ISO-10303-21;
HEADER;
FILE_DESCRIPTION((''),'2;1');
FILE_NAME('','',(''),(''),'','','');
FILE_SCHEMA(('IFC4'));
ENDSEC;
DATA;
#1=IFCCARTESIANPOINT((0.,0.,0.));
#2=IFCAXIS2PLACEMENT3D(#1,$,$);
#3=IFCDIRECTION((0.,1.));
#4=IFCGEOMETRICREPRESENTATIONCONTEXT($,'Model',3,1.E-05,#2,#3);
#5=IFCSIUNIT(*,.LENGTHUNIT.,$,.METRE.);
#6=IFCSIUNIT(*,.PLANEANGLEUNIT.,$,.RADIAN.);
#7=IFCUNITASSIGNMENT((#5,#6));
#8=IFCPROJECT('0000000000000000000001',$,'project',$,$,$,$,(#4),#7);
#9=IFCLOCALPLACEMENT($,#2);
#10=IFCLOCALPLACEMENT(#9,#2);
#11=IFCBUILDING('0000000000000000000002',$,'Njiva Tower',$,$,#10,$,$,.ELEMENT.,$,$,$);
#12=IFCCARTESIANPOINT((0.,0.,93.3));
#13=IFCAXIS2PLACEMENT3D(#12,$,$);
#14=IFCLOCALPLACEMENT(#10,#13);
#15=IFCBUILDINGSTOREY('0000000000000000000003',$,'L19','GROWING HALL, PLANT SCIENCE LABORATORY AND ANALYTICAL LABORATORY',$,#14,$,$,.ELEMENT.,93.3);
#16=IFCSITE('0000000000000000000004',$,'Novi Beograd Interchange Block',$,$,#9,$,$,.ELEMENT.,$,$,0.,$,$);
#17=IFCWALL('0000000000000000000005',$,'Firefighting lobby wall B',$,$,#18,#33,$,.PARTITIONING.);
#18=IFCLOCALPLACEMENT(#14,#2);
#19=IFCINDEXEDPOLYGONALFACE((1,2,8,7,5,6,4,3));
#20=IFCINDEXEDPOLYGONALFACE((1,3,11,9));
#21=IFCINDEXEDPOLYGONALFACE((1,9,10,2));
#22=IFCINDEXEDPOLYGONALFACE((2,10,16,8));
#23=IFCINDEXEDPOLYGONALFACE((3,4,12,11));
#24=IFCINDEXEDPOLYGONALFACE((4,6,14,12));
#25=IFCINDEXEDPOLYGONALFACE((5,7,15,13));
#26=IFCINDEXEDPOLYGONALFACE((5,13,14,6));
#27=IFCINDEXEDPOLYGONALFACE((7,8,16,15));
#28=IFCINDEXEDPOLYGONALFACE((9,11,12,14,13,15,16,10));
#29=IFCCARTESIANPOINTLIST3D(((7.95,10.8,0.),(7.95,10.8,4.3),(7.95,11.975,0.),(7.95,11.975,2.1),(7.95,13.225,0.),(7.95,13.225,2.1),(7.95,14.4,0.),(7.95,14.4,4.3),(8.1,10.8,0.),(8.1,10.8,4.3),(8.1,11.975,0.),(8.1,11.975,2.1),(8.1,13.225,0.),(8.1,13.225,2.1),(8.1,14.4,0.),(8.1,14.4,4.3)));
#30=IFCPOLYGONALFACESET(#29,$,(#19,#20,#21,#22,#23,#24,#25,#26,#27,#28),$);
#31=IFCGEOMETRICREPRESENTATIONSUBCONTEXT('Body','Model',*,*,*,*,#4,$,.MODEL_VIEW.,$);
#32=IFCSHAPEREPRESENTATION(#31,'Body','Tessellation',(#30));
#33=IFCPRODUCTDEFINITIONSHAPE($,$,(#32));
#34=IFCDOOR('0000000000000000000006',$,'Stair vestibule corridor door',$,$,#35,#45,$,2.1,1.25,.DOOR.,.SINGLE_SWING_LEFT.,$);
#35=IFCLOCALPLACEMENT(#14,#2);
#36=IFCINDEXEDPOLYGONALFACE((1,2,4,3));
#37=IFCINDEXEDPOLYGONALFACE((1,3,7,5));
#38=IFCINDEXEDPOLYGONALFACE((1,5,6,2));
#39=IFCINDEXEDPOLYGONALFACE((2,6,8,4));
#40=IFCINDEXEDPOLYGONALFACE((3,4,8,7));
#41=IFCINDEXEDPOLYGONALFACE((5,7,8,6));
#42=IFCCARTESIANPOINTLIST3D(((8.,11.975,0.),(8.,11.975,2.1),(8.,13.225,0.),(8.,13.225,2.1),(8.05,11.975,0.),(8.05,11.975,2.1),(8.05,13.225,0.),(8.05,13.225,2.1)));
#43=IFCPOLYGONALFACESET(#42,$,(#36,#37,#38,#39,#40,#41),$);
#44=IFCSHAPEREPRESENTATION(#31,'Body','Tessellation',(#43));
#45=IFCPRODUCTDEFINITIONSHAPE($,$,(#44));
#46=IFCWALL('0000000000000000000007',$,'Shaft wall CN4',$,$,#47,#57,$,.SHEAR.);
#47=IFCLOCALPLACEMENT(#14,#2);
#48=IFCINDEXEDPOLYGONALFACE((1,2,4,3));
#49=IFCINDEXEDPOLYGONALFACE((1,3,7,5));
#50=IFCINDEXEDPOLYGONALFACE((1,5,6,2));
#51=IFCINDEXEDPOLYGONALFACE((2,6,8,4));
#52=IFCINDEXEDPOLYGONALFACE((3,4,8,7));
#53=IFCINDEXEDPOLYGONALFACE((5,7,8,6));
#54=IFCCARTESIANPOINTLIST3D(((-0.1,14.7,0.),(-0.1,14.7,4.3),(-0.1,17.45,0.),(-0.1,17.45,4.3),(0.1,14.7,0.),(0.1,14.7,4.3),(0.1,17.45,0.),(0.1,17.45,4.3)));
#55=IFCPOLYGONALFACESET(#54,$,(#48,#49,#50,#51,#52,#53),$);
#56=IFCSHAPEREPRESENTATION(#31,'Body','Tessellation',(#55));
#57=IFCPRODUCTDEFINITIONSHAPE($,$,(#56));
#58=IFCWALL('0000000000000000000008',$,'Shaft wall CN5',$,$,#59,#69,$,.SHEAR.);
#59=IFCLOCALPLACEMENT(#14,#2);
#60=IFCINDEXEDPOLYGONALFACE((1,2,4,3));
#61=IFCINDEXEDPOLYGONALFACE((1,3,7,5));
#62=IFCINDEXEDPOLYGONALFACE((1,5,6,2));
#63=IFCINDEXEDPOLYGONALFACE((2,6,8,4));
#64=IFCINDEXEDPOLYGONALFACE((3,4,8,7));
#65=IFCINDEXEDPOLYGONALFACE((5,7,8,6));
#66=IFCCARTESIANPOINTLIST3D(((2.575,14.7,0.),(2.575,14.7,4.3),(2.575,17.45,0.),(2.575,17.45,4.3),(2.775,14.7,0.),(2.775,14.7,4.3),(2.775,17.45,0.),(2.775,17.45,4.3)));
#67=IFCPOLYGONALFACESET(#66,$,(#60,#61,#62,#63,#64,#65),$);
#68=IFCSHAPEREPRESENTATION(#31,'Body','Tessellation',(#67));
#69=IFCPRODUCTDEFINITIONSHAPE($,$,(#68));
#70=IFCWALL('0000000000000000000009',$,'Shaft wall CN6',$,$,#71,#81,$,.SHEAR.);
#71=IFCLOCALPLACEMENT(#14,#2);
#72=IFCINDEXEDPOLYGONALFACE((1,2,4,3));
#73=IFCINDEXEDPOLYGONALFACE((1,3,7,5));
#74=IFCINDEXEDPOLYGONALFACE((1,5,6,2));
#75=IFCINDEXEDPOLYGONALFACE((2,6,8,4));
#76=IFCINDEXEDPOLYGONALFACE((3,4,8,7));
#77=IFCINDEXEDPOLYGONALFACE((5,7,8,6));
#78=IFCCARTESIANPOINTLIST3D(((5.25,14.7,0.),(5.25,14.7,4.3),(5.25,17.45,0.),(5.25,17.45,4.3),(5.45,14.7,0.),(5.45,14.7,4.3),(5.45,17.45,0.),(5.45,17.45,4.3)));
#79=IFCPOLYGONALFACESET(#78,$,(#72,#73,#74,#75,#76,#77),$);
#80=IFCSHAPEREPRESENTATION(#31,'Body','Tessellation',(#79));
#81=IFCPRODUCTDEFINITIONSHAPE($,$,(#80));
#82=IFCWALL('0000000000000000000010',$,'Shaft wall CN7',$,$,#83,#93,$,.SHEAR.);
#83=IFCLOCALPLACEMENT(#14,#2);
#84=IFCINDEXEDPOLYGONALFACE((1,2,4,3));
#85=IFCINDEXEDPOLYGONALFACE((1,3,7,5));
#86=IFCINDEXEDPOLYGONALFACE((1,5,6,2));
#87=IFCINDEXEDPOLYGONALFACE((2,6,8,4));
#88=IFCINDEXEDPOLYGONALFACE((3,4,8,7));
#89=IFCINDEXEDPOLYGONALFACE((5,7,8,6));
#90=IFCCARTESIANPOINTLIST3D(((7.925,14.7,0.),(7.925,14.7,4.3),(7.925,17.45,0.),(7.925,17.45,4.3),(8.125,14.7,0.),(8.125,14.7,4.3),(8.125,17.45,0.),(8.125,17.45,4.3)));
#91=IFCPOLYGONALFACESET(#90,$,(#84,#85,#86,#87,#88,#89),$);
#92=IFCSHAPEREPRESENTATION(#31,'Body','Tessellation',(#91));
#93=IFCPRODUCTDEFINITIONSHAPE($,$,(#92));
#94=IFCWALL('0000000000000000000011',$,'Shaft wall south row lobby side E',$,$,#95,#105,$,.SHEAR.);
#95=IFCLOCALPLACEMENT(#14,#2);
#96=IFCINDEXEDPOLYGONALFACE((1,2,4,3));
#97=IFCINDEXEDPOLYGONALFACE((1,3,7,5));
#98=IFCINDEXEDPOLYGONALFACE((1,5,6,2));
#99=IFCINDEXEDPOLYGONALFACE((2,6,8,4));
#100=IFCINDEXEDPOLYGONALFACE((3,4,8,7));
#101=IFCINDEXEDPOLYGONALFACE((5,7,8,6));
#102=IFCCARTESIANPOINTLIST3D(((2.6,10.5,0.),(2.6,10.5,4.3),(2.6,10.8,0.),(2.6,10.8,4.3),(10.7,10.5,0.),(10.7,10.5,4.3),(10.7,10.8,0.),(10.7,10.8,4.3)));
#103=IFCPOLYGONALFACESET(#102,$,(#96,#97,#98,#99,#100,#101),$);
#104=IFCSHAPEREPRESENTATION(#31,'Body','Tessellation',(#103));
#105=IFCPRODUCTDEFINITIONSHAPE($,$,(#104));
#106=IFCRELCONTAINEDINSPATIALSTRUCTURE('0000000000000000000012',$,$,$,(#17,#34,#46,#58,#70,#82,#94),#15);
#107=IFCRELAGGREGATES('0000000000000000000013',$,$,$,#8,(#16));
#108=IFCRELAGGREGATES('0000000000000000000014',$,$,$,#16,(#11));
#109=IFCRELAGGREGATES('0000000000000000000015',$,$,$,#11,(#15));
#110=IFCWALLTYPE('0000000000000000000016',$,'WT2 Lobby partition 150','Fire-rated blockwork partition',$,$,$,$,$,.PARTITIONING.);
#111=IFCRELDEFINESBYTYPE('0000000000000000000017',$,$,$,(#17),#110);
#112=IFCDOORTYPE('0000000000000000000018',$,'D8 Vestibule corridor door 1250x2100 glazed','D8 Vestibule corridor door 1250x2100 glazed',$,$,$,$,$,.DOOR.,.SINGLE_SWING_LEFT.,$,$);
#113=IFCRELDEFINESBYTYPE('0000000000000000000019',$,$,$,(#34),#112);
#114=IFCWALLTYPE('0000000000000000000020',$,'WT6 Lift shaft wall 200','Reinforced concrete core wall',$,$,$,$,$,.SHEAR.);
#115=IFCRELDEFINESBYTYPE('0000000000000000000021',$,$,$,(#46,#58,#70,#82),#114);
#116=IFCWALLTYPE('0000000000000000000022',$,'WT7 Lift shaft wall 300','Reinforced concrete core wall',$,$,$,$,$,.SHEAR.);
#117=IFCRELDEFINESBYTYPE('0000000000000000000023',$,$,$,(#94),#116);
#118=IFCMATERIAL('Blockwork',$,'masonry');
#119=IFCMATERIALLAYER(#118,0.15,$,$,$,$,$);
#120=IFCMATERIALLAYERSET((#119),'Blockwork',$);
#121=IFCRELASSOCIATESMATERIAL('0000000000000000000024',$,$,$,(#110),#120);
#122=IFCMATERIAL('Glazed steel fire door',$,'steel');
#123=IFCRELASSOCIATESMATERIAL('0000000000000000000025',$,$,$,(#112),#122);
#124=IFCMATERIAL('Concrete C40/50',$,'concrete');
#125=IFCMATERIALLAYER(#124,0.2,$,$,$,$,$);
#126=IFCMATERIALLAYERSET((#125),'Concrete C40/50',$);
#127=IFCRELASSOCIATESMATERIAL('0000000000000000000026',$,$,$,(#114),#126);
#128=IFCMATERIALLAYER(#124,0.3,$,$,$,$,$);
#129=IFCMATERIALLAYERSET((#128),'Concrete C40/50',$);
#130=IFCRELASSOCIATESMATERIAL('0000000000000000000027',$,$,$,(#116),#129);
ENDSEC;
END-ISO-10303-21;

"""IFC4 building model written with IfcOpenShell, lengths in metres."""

from ifc_helpers import new_model, si_unit, direction, frame, frame_2d, origin, place, context, subcontext, project, spatial, rectangle, extrude, material, layer, layer_set, type_object, element, fill, save


model = new_model("IFC4")

# Units and contexts
model_context = context("Model", 3, precision=1e-05, world=origin(), true_north=direction((0.0, 1.0)))
body_context = subcontext(model_context, "Body", "Model", "MODEL_VIEW")
ifc_project = project(units=[si_unit("LENGTHUNIT", "METRE"), si_unit("PLANEANGLEUNIT", "RADIAN")], contexts=[model_context])

# Site, building, storey
site_placement = place(None, origin())
site = spatial("IfcSite", under=ifc_project, at=site_placement, Name="Novi Beograd Interchange Block", CompositionType="ELEMENT", RefElevation=0.0)
building_placement = place(site_placement, origin())
building = spatial("IfcBuilding", under=site, at=building_placement, Name="Njiva Tower", CompositionType="ELEMENT")
storey_placement = place(building_placement, frame((0.0, 0.0, 93.3)))
storey = spatial("IfcBuildingStorey", under=building, at=storey_placement, Name="L19", Description="GROWING HALL, PLANT SCIENCE LABORATORY AND ANALYTICAL LABORATORY", CompositionType="ELEMENT", Elevation=93.3)

# Wall, opening, door
ifc_material_1 = material(Name="Concrete C40/50", Category="concrete")
ifc_material_2 = material(Name="Glazed steel fire door", Category="steel")
ifc_material_3 = material(Name="Blockwork", Category="masonry")
ifc_layer_1 = layer(ifc_material_3, 0.15)
ifc_layer_set_1 = layer_set([ifc_layer_1], Name="Blockwork")
wall_type_1 = type_object("IfcWallType", Name="WT2 Lobby partition 150", Description="Fire-rated blockwork partition", PredefinedType="PARTITIONING", material=ifc_layer_set_1)
wall_1_placement = place(storey_placement, frame((8.025, 10.8, 0.0), z_axis=(0.0, 0.0, 1.0), x_axis=(0.0, 1.0, 0.0)))
wall_1 = element("IfcWall", 1, at=wall_1_placement, inside=storey, type_object=wall_type_1, Name="Firefighting lobby wall B", PredefinedType="PARTITIONING", context=body_context, shape_type="SweptSolid", body=[
    extrude(rectangle(XDim=3.6, YDim=0.15, at=frame_2d((1.8, 0.0))), origin(), (0.0, 0.0, 1.0), 4.3),
])
opening_1_placement = place(wall_1_placement, frame((1.175, 0.0, 0.0)))
opening_1 = element("IfcOpeningElement", 2, at=opening_1_placement, cuts=wall_1, PredefinedType="OPENING", context=body_context, shape_type="SweptSolid", body=[
    extrude(rectangle(XDim=1.25, YDim=2.1, at=frame_2d((0.625, 1.05))), frame((0.0, 0.085, 0.0), z_axis=(0.0, -1.0, 0.0), x_axis=(1.0, 0.0, 0.0)), (0.0, 0.0, 1.0), 0.17),
])
door_type_1 = type_object("IfcDoorType", Name="D8 Vestibule corridor door 1250x2100 glazed", Description="D8 Vestibule corridor door 1250x2100 glazed", OperationType="SINGLE_SWING_LEFT", PredefinedType="DOOR", material=ifc_material_2)
door_1_placement = place(opening_1_placement, origin())
door_1 = element("IfcDoor", 3, at=door_1_placement, inside=storey, type_object=door_type_1, Name="Stair vestibule corridor door", OperationType="SINGLE_SWING_LEFT", OverallHeight=2.1, OverallWidth=1.25, PredefinedType="DOOR", context=body_context, shape_type="SweptSolid", body=[
    extrude(rectangle(XDim=1.25, YDim=2.1, at=frame_2d((0.625, 1.05))), frame((0.0, 0.025, 0.0), z_axis=(0.0, -1.0, 0.0), x_axis=(1.0, 0.0, 0.0)), (0.0, 0.0, 1.0), 0.05),
])
fill(opening_1, door_1)

# Walls
ifc_layer_2 = layer(ifc_material_1, 0.2)
ifc_layer_set_2 = layer_set([ifc_layer_2], Name="Concrete C40/50")
wall_type_2 = type_object("IfcWallType", Name="WT6 Lift shaft wall 200", Description="Reinforced concrete core wall", PredefinedType="SHEAR", material=ifc_layer_set_2)
for number, where, z_axis, x_axis, name in (
    (4, (0.0, 14.7, 0.0), (0.0, 0.0, 1.0), (0.0, 1.0, 0.0), "Shaft wall CN4"),
    (5, (2.675, 14.7, 0.0), (0.0, 0.0, 1.0), (0.0, 1.0, 0.0), "Shaft wall CN5"),
    (6, (5.35, 14.7, 0.0), (0.0, 0.0, 1.0), (0.0, 1.0, 0.0), "Shaft wall CN6"),
    (7, (8.025, 14.7, 0.0), (0.0, 0.0, 1.0), (0.0, 1.0, 0.0), "Shaft wall CN7"),
):
    element("IfcWall", number, at=place(storey_placement, frame(where, z_axis=z_axis, x_axis=x_axis)), inside=storey, type_object=wall_type_2, Name=name, PredefinedType="SHEAR", context=body_context, shape_type="SweptSolid", body=[
        extrude(rectangle(XDim=2.75, YDim=0.2, at=frame_2d((1.375, 0.0))), origin(), (0.0, 0.0, 1.0), 4.3),
    ])
ifc_layer_3 = layer(ifc_material_1, 0.3)
ifc_layer_set_3 = layer_set([ifc_layer_3], Name="Concrete C40/50")
wall_type_3 = type_object("IfcWallType", Name="WT7 Lift shaft wall 300", Description="Reinforced concrete core wall", PredefinedType="SHEAR", material=ifc_layer_set_3)
wall_2_placement = place(storey_placement, frame((2.6, 10.65, 0.0), z_axis=(0.0, 0.0, 1.0), x_axis=(1.0, 0.0, 0.0)))
element("IfcWall", 8, at=wall_2_placement, inside=storey, type_object=wall_type_3, Name="Shaft wall south row lobby side E", PredefinedType="SHEAR", context=body_context, shape_type="SweptSolid", body=[
    extrude(rectangle(XDim=8.1, YDim=0.3, at=frame_2d((4.05, 0.0))), origin(), (0.0, 0.0, 1.0), 4.3),
])

save(model, "model.ifc")
